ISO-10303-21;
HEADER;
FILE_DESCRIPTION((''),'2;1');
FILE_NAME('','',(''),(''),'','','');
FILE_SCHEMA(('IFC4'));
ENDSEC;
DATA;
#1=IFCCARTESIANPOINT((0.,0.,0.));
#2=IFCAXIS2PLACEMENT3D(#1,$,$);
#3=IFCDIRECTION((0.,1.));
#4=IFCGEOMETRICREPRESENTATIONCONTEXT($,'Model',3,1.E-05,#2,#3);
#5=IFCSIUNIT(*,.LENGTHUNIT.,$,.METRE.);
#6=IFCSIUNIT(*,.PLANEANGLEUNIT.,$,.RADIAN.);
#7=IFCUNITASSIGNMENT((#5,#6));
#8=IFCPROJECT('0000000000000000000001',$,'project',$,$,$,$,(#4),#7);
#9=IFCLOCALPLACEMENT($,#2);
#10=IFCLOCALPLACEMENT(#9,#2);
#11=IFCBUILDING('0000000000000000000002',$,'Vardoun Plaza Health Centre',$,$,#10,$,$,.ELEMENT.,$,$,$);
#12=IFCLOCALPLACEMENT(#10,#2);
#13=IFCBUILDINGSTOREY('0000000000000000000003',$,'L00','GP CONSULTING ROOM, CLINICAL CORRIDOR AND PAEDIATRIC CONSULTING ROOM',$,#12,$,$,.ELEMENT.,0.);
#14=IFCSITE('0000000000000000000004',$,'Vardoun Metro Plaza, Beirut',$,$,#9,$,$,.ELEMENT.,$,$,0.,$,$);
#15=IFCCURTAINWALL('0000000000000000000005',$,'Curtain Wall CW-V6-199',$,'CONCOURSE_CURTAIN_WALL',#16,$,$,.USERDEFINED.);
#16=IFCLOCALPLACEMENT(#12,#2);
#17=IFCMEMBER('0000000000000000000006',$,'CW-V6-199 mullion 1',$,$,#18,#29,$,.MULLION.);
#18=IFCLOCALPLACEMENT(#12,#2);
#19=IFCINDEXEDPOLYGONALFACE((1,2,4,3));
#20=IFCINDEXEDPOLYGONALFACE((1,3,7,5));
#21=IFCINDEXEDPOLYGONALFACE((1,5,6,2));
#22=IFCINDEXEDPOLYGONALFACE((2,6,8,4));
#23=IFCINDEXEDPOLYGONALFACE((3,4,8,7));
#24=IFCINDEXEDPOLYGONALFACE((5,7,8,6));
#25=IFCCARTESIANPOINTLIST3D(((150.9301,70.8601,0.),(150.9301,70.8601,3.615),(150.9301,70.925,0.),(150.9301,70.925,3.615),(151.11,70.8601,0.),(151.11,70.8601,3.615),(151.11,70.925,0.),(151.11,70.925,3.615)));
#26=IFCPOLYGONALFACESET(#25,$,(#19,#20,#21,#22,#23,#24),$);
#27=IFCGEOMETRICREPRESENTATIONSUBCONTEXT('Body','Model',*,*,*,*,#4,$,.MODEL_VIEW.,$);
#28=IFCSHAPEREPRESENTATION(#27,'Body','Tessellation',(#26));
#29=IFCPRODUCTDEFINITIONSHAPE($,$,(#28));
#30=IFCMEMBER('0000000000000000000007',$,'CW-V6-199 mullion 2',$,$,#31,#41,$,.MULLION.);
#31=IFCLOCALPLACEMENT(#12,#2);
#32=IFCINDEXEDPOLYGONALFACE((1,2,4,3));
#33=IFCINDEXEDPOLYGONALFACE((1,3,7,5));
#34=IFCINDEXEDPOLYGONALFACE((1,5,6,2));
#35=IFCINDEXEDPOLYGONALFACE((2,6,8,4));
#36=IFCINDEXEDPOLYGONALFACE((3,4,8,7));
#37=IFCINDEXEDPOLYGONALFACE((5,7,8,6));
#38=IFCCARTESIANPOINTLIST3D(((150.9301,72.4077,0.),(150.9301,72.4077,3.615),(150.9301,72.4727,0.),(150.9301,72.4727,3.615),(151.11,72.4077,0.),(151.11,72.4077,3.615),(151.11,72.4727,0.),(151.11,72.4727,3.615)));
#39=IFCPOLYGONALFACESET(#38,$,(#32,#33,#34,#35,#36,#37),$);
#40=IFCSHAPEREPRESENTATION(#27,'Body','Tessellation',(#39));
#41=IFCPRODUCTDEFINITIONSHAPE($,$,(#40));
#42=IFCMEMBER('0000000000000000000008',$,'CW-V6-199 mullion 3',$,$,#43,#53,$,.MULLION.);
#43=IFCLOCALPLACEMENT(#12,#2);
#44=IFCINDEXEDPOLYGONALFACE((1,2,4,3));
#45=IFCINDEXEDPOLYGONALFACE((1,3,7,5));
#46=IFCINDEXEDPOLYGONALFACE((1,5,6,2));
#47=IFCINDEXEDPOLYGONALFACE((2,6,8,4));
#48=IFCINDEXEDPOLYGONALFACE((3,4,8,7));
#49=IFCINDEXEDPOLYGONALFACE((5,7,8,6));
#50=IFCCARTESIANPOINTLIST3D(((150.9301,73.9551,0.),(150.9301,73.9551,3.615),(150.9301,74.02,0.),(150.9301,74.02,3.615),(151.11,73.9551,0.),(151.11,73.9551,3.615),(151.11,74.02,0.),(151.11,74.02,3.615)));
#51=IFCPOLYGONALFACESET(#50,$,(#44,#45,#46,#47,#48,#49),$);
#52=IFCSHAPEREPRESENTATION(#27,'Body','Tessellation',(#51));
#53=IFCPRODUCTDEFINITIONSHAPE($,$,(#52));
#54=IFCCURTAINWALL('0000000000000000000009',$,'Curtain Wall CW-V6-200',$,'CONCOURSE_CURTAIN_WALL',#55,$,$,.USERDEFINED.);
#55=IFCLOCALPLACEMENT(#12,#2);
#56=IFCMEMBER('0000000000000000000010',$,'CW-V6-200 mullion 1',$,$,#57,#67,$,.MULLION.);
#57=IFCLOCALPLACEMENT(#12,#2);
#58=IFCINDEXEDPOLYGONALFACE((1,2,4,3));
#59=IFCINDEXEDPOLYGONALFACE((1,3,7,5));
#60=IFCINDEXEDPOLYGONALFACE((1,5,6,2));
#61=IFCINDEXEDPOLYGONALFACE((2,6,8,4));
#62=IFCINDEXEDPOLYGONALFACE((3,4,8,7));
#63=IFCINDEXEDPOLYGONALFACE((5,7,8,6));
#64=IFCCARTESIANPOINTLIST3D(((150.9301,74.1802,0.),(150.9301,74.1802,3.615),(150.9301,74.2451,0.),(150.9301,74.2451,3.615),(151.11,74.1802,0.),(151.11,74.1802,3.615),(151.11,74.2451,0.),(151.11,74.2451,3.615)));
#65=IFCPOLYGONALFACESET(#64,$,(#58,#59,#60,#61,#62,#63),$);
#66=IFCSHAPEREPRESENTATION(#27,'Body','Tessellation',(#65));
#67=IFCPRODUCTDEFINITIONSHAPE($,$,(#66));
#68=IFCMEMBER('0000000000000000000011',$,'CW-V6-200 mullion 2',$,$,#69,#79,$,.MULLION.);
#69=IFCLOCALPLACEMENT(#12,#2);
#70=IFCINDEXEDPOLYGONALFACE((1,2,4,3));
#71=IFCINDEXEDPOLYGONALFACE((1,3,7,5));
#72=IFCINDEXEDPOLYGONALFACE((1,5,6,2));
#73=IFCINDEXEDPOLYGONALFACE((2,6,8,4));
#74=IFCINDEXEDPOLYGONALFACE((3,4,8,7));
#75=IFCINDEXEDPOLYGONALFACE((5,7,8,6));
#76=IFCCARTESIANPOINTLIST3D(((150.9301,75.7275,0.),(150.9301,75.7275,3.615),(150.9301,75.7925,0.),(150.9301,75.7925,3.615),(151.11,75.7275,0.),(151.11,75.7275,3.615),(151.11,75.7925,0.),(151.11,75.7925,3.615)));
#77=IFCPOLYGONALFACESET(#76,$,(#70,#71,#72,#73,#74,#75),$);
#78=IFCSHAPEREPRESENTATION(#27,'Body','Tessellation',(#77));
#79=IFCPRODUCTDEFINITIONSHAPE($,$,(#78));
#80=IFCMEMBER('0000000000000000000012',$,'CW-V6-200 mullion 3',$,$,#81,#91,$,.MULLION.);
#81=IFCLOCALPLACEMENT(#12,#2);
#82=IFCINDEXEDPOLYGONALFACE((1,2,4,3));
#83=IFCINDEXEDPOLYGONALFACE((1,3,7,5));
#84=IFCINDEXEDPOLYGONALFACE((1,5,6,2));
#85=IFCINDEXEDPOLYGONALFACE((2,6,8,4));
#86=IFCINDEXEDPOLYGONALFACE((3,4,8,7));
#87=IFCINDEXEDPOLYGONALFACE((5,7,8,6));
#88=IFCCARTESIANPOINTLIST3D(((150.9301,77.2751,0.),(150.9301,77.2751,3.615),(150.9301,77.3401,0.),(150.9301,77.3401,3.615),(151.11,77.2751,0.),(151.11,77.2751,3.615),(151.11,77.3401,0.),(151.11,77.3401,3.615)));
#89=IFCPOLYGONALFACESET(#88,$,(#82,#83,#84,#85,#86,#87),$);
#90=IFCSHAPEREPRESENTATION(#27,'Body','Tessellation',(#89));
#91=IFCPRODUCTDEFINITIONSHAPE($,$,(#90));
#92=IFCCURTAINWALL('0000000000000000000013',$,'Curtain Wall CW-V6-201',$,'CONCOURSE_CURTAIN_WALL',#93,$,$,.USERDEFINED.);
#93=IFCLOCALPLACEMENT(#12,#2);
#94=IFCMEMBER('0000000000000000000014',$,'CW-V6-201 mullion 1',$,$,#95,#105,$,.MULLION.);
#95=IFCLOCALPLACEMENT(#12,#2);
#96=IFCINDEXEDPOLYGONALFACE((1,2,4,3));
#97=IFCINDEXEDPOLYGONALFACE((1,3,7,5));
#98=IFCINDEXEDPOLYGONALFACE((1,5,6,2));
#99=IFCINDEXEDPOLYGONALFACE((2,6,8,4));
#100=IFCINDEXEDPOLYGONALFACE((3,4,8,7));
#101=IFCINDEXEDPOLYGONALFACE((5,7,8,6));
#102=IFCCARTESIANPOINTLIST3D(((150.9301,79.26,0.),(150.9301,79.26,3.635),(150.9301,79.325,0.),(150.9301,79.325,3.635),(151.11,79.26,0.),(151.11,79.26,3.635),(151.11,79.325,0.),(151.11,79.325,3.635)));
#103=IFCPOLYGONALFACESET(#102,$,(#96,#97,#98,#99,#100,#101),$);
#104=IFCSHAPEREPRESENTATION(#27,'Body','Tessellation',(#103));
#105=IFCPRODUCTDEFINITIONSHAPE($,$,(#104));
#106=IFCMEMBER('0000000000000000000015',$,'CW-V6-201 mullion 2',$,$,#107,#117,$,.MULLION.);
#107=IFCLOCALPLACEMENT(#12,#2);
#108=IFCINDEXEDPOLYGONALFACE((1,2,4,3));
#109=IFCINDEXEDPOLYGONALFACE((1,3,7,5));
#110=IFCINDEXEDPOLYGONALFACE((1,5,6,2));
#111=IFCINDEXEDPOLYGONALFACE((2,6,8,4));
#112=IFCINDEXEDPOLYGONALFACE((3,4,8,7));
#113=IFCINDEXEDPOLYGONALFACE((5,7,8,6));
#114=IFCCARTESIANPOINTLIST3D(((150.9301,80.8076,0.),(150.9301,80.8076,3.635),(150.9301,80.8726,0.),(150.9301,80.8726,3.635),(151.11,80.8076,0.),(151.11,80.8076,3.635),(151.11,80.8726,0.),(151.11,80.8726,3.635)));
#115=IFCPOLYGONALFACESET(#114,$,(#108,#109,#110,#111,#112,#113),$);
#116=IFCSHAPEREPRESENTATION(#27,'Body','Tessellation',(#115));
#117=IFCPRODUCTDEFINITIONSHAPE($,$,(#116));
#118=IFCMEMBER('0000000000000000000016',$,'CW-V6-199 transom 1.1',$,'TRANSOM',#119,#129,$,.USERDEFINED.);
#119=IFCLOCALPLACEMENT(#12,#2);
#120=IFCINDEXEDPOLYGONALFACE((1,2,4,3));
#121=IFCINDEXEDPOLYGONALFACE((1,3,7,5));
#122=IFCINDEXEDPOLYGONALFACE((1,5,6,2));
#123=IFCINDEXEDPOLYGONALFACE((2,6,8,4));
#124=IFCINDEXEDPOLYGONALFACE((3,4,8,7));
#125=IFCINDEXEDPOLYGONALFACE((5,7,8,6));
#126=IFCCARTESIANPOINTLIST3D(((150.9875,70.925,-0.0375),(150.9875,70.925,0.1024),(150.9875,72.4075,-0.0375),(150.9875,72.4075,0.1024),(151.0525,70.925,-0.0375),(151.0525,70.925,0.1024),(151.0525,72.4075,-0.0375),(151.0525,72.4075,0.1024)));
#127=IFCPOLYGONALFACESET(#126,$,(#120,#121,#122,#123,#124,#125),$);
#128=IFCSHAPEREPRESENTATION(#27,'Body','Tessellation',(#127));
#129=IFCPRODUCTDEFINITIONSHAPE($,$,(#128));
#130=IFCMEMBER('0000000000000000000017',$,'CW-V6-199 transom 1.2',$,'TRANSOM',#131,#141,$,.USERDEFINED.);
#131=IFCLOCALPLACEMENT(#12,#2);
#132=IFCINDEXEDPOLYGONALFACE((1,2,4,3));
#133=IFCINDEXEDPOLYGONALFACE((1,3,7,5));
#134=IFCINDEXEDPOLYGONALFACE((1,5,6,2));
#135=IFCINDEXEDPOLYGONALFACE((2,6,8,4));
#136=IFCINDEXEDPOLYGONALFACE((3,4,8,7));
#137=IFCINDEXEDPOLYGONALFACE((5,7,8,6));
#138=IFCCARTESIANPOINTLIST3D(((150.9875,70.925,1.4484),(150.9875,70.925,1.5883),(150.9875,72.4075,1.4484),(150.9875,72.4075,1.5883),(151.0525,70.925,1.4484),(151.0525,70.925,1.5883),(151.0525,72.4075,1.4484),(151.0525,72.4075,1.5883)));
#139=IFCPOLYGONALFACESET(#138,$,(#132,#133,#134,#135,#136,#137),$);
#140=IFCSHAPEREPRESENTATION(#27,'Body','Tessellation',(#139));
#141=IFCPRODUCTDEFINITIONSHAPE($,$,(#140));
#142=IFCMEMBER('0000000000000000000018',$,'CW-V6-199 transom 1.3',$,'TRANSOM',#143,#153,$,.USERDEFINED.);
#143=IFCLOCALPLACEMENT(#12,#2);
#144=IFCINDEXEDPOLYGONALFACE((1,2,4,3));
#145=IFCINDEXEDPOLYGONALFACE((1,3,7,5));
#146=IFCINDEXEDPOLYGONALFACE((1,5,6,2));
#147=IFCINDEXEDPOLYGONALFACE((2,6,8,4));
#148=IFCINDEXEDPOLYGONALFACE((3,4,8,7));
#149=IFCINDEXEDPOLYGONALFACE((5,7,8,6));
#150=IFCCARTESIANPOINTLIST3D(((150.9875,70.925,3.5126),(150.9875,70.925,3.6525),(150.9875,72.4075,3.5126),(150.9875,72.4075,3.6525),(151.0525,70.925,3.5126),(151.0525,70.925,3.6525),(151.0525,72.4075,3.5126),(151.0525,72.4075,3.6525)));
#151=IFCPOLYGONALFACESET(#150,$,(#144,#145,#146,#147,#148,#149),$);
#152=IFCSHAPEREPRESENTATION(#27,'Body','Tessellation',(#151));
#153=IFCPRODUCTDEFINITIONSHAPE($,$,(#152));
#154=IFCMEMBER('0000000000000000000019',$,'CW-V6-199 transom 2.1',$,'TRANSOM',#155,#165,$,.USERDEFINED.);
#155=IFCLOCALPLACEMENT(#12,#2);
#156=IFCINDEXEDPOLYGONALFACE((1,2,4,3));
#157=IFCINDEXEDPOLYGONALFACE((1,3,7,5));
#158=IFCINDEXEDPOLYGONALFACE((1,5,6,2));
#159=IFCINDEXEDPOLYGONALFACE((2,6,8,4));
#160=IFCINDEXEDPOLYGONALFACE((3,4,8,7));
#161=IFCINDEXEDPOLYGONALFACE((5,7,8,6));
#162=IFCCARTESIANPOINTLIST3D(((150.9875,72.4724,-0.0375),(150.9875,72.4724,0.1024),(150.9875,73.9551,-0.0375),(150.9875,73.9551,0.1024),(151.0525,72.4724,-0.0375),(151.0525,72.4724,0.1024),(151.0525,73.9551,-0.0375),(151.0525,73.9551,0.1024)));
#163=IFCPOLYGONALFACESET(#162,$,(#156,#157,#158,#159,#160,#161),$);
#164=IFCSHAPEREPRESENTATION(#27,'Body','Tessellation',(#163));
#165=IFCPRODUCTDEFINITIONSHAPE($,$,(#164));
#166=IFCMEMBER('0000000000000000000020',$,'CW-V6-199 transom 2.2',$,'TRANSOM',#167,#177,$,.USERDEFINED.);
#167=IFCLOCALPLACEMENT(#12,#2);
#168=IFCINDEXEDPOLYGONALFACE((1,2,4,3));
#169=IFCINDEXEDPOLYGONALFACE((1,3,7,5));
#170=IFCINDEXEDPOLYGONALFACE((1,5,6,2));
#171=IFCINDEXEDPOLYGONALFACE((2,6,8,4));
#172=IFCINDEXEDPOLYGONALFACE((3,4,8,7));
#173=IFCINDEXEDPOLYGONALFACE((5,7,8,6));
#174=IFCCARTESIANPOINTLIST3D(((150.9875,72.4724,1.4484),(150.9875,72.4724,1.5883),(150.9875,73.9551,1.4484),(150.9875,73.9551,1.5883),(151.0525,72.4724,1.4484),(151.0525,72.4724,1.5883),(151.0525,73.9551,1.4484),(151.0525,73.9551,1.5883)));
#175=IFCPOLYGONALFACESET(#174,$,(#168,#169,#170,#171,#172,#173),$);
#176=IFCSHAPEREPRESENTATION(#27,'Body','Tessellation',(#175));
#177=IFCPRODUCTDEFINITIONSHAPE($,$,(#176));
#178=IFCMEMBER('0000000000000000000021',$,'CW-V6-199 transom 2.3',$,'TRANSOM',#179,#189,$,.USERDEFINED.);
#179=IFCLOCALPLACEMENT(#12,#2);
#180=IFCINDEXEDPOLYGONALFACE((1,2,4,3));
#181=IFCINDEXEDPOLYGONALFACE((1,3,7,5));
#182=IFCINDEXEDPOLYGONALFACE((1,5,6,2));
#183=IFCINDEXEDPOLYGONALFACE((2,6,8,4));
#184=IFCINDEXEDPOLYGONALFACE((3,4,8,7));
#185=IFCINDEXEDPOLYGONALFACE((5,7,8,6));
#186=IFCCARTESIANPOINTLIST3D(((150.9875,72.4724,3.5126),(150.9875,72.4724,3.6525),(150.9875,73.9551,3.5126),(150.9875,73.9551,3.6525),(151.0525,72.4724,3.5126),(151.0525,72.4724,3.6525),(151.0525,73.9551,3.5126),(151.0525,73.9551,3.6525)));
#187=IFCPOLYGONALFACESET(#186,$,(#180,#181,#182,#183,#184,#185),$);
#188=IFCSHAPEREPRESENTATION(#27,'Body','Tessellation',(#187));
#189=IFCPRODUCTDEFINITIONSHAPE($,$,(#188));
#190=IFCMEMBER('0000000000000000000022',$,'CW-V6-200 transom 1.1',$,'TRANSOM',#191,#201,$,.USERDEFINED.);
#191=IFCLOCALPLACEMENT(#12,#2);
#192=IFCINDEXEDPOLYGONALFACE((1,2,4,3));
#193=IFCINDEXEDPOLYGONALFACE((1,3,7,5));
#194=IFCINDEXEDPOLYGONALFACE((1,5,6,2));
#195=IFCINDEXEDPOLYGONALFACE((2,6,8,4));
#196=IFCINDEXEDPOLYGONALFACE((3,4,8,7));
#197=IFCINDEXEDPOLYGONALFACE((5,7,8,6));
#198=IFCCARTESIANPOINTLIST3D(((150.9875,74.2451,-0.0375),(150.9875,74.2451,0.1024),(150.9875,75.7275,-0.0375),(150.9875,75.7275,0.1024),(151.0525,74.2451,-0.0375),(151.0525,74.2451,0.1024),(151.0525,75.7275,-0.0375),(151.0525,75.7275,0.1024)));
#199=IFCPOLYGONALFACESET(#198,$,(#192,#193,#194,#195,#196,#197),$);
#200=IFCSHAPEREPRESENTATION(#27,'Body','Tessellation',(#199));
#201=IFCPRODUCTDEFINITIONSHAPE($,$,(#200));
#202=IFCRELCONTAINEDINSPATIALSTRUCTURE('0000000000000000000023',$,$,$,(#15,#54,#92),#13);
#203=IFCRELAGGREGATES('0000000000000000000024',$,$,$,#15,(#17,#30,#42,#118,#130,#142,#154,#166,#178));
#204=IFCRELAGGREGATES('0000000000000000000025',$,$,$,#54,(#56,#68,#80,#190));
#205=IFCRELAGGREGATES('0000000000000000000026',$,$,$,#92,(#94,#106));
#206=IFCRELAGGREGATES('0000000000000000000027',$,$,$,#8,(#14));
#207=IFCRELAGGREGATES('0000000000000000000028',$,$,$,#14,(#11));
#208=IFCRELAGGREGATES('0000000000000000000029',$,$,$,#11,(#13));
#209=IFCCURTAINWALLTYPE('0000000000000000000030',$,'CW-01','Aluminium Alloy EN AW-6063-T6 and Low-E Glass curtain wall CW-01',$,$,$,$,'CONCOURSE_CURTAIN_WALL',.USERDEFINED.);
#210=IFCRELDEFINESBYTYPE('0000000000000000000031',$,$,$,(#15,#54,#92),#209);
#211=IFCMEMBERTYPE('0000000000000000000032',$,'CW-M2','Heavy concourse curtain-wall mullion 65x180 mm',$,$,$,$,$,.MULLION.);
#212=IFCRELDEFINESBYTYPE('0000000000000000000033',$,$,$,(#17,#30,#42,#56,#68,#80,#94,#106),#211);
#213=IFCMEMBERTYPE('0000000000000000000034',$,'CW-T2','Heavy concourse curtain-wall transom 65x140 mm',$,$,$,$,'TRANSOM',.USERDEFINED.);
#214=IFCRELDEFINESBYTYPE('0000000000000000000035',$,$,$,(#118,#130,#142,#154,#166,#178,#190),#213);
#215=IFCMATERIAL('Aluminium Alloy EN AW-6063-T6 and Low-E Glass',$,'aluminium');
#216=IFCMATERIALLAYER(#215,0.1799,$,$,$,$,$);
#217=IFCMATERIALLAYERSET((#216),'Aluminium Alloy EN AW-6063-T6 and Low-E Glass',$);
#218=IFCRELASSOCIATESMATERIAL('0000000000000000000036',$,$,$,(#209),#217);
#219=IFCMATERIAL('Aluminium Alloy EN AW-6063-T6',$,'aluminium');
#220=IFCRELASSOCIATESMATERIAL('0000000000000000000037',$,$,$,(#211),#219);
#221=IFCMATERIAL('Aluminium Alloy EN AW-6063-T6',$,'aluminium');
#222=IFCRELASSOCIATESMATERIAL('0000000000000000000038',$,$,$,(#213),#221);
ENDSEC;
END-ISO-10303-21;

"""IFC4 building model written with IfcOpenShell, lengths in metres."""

from ifc_helpers import new_model, si_unit, direction, frame, origin, origin_2d, place, context, subcontext, project, spatial, rectangle, extrude, material, layer, layer_set, material_profile, profile_set, type_object, element, aggregate, save


model = new_model("IFC4")

# Units and contexts
model_context = context("Model", 3, precision=1e-05, world=origin(), true_north=direction((0.0, 1.0)))
body_context = subcontext(model_context, "Body", "Model", "MODEL_VIEW")
ifc_project = project(units=[si_unit("LENGTHUNIT", "METRE"), si_unit("PLANEANGLEUNIT", "RADIAN")], contexts=[model_context])

# Site, building, storey
site_placement = place(None, origin())
site = spatial("IfcSite", under=ifc_project, at=site_placement, Name="Vardoun Metro Plaza, Beirut", CompositionType="ELEMENT", RefElevation=0.0)
building_placement = place(site_placement, origin())
building = spatial("IfcBuilding", under=site, at=building_placement, Name="Vardoun Plaza Health Centre", CompositionType="ELEMENT")
storey_placement = place(building_placement, origin())
storey = spatial("IfcBuildingStorey", under=building, at=storey_placement, Name="L00", Description="GP CONSULTING ROOM, CLINICAL CORRIDOR AND PAEDIATRIC CONSULTING ROOM", CompositionType="ELEMENT", Elevation=0.0)

# Curtain walls, members
ifc_material_1 = material(Name="Aluminium Alloy EN AW-6063-T6 and Low-E Glass", Category="aluminium")
ifc_layer_1 = layer(ifc_material_1, 0.1799)
ifc_layer_set_1 = layer_set([ifc_layer_1], Name="Aluminium Alloy EN AW-6063-T6 and Low-E Glass")
curtain_wall_type = type_object("IfcCurtainWallType", Name="CW-01", Description="Aluminium Alloy EN AW-6063-T6 and Low-E Glass curtain wall CW-01", ElementType="CONCOURSE_CURTAIN_WALL", PredefinedType="USERDEFINED", material=ifc_layer_set_1)
curtain_wall_1_placement = place(storey_placement, origin())
curtain_wall_1 = element("IfcCurtainWall", 1, at=curtain_wall_1_placement, inside=storey, type_object=curtain_wall_type, Name="Curtain Wall CW-V6-199", ObjectType="CONCOURSE_CURTAIN_WALL", PredefinedType="USERDEFINED")
ifc_material_2 = material(Name="Aluminium Alloy EN AW-6063-T6", Category="aluminium")
ifc_material_profile_1 = material_profile(ifc_material_2, rectangle(XDim=0.1799, YDim=0.0649, at=origin_2d()), Name="CWM 65x180")
ifc_profile_set_1 = profile_set([ifc_material_profile_1], Name="Aluminium Alloy EN AW-6063-T6")
member_type_1 = type_object("IfcMemberType", Name="CW-M2", Description="Heavy concourse curtain-wall mullion 65x180 mm", PredefinedType="MULLION", material=ifc_profile_set_1)
member_1_placement = place(storey_placement, frame((151.02, 70.8926, 0.0), z_axis=(0.0, 0.0, 1.0), x_axis=(-1.0, 0.0, 0.0)))
member_1 = element("IfcMember", 2, at=member_1_placement, type_object=member_type_1, Name="CW-V6-199 mullion 1", PredefinedType="MULLION", context=body_context, shape_type="SweptSolid", body=[
    extrude(rectangle(XDim=0.1799, YDim=0.0649, at=origin_2d()), origin(), (0.0, 0.0, 1.0), 3.615),
])
member_2_placement = place(storey_placement, frame((151.02, 72.4402, 0.0), z_axis=(0.0, 0.0, 1.0), x_axis=(-1.0, 0.0, 0.0)))
member_2 = element("IfcMember", 3, at=member_2_placement, type_object=member_type_1, Name="CW-V6-199 mullion 2", PredefinedType="MULLION", context=body_context, shape_type="SweptSolid", body=[
    extrude(rectangle(XDim=0.1799, YDim=0.0649, at=origin_2d()), origin(), (0.0, 0.0, 1.0), 3.615),
])
member_3_placement = place(storey_placement, frame((151.02, 73.9875, 0.0), z_axis=(0.0, 0.0, 1.0), x_axis=(-1.0, 0.0, 0.0)))
member_3 = element("IfcMember", 4, at=member_3_placement, type_object=member_type_1, Name="CW-V6-199 mullion 3", PredefinedType="MULLION", context=body_context, shape_type="SweptSolid", body=[
    extrude(rectangle(XDim=0.1799, YDim=0.0649, at=origin_2d()), origin(), (0.0, 0.0, 1.0), 3.615),
])
curtain_wall_2_placement = place(storey_placement, origin())
curtain_wall_2 = element("IfcCurtainWall", 5, at=curtain_wall_2_placement, inside=storey, type_object=curtain_wall_type, Name="Curtain Wall CW-V6-200", ObjectType="CONCOURSE_CURTAIN_WALL", PredefinedType="USERDEFINED")
member_4_placement = place(storey_placement, frame((151.02, 74.2126, 0.0), z_axis=(0.0, 0.0, 1.0), x_axis=(-1.0, 0.0, 0.0)))
member_4 = element("IfcMember", 6, at=member_4_placement, type_object=member_type_1, Name="CW-V6-200 mullion 1", PredefinedType="MULLION", context=body_context, shape_type="SweptSolid", body=[
    extrude(rectangle(XDim=0.1799, YDim=0.0649, at=origin_2d()), origin(), (0.0, 0.0, 1.0), 3.615),
])
member_5_placement = place(storey_placement, frame((151.02, 75.76, 0.0), z_axis=(0.0, 0.0, 1.0), x_axis=(-1.0, 0.0, 0.0)))
member_5 = element("IfcMember", 7, at=member_5_placement, type_object=member_type_1, Name="CW-V6-200 mullion 2", PredefinedType="MULLION", context=body_context, shape_type="SweptSolid", body=[
    extrude(rectangle(XDim=0.1799, YDim=0.0649, at=origin_2d()), origin(), (0.0, 0.0, 1.0), 3.615),
])
member_6_placement = place(storey_placement, frame((151.02, 77.3076, 0.0), z_axis=(0.0, 0.0, 1.0), x_axis=(-1.0, 0.0, 0.0)))
member_6 = element("IfcMember", 8, at=member_6_placement, type_object=member_type_1, Name="CW-V6-200 mullion 3", PredefinedType="MULLION", context=body_context, shape_type="SweptSolid", body=[
    extrude(rectangle(XDim=0.1799, YDim=0.0649, at=origin_2d()), origin(), (0.0, 0.0, 1.0), 3.615),
])
curtain_wall_3_placement = place(storey_placement, origin())
curtain_wall_3 = element("IfcCurtainWall", 9, at=curtain_wall_3_placement, inside=storey, type_object=curtain_wall_type, Name="Curtain Wall CW-V6-201", ObjectType="CONCOURSE_CURTAIN_WALL", PredefinedType="USERDEFINED")
member_7_placement = place(storey_placement, frame((151.02, 79.2925, 0.0), z_axis=(0.0, 0.0, 1.0), x_axis=(-1.0, 0.0, 0.0)))
member_7 = element("IfcMember", 10, at=member_7_placement, type_object=member_type_1, Name="CW-V6-201 mullion 1", PredefinedType="MULLION", context=body_context, shape_type="SweptSolid", body=[
    extrude(rectangle(XDim=0.1799, YDim=0.0649, at=origin_2d()), origin(), (0.0, 0.0, 1.0), 3.635),
])
member_8_placement = place(storey_placement, frame((151.02, 80.8401, 0.0), z_axis=(0.0, 0.0, 1.0), x_axis=(-1.0, 0.0, 0.0)))
member_8 = element("IfcMember", 11, at=member_8_placement, type_object=member_type_1, Name="CW-V6-201 mullion 2", PredefinedType="MULLION", context=body_context, shape_type="SweptSolid", body=[
    extrude(rectangle(XDim=0.1799, YDim=0.0649, at=origin_2d()), origin(), (0.0, 0.0, 1.0), 3.635),
])

# Members
ifc_material_3 = material(Name="Aluminium Alloy EN AW-6063-T6", Category="aluminium")
ifc_material_profile_2 = material_profile(ifc_material_3, rectangle(XDim=0.0649, YDim=0.1399, at=origin_2d()), Name="CWT 65x140")
ifc_profile_set_2 = profile_set([ifc_material_profile_2], Name="Aluminium Alloy EN AW-6063-T6")
member_type_2 = type_object("IfcMemberType", Name="CW-T2", Description="Heavy concourse curtain-wall transom 65x140 mm", ElementType="TRANSOM", PredefinedType="USERDEFINED", material=ifc_profile_set_2)
member_9_placement = place(storey_placement, frame((151.02, 70.925, 0.0325), z_axis=(0.0, 1.0, 0.0), x_axis=(-1.0, 0.0, 0.0)))
member_9 = element("IfcMember", 12, at=member_9_placement, type_object=member_type_2, Name="CW-V6-199 transom 1.1", ObjectType="TRANSOM", PredefinedType="USERDEFINED", context=body_context, shape_type="SweptSolid", body=[
    extrude(rectangle(XDim=0.0649, YDim=0.1399, at=origin_2d()), origin(), (0.0, 0.0, 1.0), 1.4824),
])
member_10_placement = place(storey_placement, frame((151.02, 70.925, 1.5183), z_axis=(0.0, 1.0, 0.0), x_axis=(-1.0, 0.0, 0.0)))
member_10 = element("IfcMember", 13, at=member_10_placement, type_object=member_type_2, Name="CW-V6-199 transom 1.2", ObjectType="TRANSOM", PredefinedType="USERDEFINED", context=body_context, shape_type="SweptSolid", body=[
    extrude(rectangle(XDim=0.0649, YDim=0.1399, at=origin_2d()), origin(), (0.0, 0.0, 1.0), 1.4824),
])
member_11_placement = place(storey_placement, frame((151.02, 70.925, 3.5825), z_axis=(0.0, 1.0, 0.0), x_axis=(-1.0, 0.0, 0.0)))
member_11 = element("IfcMember", 14, at=member_11_placement, type_object=member_type_2, Name="CW-V6-199 transom 1.3", ObjectType="TRANSOM", PredefinedType="USERDEFINED", context=body_context, shape_type="SweptSolid", body=[
    extrude(rectangle(XDim=0.0649, YDim=0.1399, at=origin_2d()), origin(), (0.0, 0.0, 1.0), 1.4824),
])
member_12_placement = place(storey_placement, frame((151.02, 72.4724, 0.0325), z_axis=(0.0, 1.0, 0.0), x_axis=(-1.0, 0.0, 0.0)))
member_12 = element("IfcMember", 15, at=member_12_placement, type_object=member_type_2, Name="CW-V6-199 transom 2.1", ObjectType="TRANSOM", PredefinedType="USERDEFINED", context=body_context, shape_type="SweptSolid", body=[
    extrude(rectangle(XDim=0.0649, YDim=0.1399, at=origin_2d()), origin(), (0.0, 0.0, 1.0), 1.4827),
])
member_13_placement = place(storey_placement, frame((151.02, 72.4724, 1.5183), z_axis=(0.0, 1.0, 0.0), x_axis=(-1.0, 0.0, 0.0)))
member_13 = element("IfcMember", 16, at=member_13_placement, type_object=member_type_2, Name="CW-V6-199 transom 2.2", ObjectType="TRANSOM", PredefinedType="USERDEFINED", context=body_context, shape_type="SweptSolid", body=[
    extrude(rectangle(XDim=0.0649, YDim=0.1399, at=origin_2d()), origin(), (0.0, 0.0, 1.0), 1.4827),
])
member_14_placement = place(storey_placement, frame((151.02, 72.4724, 3.5825), z_axis=(0.0, 1.0, 0.0), x_axis=(-1.0, 0.0, 0.0)))
member_14 = element("IfcMember", 17, at=member_14_placement, type_object=member_type_2, Name="CW-V6-199 transom 2.3", ObjectType="TRANSOM", PredefinedType="USERDEFINED", context=body_context, shape_type="SweptSolid", body=[
    extrude(rectangle(XDim=0.0649, YDim=0.1399, at=origin_2d()), origin(), (0.0, 0.0, 1.0), 1.4827),
])
member_15_placement = place(storey_placement, frame((151.02, 74.2451, 0.0325), z_axis=(0.0, 1.0, 0.0), x_axis=(-1.0, 0.0, 0.0)))
member_15 = element("IfcMember", 18, at=member_15_placement, type_object=member_type_2, Name="CW-V6-200 transom 1.1", ObjectType="TRANSOM", PredefinedType="USERDEFINED", context=body_context, shape_type="SweptSolid", body=[
    extrude(rectangle(XDim=0.0649, YDim=0.1399, at=origin_2d()), origin(), (0.0, 0.0, 1.0), 1.4824),
])

aggregate(curtain_wall_1, [member_1, member_2, member_3, member_9, member_10, member_11, member_12, member_13, member_14])
aggregate(curtain_wall_2, [member_4, member_5, member_6, member_15])
aggregate(curtain_wall_3, [member_7, member_8])

save(model, "model.ifc")
